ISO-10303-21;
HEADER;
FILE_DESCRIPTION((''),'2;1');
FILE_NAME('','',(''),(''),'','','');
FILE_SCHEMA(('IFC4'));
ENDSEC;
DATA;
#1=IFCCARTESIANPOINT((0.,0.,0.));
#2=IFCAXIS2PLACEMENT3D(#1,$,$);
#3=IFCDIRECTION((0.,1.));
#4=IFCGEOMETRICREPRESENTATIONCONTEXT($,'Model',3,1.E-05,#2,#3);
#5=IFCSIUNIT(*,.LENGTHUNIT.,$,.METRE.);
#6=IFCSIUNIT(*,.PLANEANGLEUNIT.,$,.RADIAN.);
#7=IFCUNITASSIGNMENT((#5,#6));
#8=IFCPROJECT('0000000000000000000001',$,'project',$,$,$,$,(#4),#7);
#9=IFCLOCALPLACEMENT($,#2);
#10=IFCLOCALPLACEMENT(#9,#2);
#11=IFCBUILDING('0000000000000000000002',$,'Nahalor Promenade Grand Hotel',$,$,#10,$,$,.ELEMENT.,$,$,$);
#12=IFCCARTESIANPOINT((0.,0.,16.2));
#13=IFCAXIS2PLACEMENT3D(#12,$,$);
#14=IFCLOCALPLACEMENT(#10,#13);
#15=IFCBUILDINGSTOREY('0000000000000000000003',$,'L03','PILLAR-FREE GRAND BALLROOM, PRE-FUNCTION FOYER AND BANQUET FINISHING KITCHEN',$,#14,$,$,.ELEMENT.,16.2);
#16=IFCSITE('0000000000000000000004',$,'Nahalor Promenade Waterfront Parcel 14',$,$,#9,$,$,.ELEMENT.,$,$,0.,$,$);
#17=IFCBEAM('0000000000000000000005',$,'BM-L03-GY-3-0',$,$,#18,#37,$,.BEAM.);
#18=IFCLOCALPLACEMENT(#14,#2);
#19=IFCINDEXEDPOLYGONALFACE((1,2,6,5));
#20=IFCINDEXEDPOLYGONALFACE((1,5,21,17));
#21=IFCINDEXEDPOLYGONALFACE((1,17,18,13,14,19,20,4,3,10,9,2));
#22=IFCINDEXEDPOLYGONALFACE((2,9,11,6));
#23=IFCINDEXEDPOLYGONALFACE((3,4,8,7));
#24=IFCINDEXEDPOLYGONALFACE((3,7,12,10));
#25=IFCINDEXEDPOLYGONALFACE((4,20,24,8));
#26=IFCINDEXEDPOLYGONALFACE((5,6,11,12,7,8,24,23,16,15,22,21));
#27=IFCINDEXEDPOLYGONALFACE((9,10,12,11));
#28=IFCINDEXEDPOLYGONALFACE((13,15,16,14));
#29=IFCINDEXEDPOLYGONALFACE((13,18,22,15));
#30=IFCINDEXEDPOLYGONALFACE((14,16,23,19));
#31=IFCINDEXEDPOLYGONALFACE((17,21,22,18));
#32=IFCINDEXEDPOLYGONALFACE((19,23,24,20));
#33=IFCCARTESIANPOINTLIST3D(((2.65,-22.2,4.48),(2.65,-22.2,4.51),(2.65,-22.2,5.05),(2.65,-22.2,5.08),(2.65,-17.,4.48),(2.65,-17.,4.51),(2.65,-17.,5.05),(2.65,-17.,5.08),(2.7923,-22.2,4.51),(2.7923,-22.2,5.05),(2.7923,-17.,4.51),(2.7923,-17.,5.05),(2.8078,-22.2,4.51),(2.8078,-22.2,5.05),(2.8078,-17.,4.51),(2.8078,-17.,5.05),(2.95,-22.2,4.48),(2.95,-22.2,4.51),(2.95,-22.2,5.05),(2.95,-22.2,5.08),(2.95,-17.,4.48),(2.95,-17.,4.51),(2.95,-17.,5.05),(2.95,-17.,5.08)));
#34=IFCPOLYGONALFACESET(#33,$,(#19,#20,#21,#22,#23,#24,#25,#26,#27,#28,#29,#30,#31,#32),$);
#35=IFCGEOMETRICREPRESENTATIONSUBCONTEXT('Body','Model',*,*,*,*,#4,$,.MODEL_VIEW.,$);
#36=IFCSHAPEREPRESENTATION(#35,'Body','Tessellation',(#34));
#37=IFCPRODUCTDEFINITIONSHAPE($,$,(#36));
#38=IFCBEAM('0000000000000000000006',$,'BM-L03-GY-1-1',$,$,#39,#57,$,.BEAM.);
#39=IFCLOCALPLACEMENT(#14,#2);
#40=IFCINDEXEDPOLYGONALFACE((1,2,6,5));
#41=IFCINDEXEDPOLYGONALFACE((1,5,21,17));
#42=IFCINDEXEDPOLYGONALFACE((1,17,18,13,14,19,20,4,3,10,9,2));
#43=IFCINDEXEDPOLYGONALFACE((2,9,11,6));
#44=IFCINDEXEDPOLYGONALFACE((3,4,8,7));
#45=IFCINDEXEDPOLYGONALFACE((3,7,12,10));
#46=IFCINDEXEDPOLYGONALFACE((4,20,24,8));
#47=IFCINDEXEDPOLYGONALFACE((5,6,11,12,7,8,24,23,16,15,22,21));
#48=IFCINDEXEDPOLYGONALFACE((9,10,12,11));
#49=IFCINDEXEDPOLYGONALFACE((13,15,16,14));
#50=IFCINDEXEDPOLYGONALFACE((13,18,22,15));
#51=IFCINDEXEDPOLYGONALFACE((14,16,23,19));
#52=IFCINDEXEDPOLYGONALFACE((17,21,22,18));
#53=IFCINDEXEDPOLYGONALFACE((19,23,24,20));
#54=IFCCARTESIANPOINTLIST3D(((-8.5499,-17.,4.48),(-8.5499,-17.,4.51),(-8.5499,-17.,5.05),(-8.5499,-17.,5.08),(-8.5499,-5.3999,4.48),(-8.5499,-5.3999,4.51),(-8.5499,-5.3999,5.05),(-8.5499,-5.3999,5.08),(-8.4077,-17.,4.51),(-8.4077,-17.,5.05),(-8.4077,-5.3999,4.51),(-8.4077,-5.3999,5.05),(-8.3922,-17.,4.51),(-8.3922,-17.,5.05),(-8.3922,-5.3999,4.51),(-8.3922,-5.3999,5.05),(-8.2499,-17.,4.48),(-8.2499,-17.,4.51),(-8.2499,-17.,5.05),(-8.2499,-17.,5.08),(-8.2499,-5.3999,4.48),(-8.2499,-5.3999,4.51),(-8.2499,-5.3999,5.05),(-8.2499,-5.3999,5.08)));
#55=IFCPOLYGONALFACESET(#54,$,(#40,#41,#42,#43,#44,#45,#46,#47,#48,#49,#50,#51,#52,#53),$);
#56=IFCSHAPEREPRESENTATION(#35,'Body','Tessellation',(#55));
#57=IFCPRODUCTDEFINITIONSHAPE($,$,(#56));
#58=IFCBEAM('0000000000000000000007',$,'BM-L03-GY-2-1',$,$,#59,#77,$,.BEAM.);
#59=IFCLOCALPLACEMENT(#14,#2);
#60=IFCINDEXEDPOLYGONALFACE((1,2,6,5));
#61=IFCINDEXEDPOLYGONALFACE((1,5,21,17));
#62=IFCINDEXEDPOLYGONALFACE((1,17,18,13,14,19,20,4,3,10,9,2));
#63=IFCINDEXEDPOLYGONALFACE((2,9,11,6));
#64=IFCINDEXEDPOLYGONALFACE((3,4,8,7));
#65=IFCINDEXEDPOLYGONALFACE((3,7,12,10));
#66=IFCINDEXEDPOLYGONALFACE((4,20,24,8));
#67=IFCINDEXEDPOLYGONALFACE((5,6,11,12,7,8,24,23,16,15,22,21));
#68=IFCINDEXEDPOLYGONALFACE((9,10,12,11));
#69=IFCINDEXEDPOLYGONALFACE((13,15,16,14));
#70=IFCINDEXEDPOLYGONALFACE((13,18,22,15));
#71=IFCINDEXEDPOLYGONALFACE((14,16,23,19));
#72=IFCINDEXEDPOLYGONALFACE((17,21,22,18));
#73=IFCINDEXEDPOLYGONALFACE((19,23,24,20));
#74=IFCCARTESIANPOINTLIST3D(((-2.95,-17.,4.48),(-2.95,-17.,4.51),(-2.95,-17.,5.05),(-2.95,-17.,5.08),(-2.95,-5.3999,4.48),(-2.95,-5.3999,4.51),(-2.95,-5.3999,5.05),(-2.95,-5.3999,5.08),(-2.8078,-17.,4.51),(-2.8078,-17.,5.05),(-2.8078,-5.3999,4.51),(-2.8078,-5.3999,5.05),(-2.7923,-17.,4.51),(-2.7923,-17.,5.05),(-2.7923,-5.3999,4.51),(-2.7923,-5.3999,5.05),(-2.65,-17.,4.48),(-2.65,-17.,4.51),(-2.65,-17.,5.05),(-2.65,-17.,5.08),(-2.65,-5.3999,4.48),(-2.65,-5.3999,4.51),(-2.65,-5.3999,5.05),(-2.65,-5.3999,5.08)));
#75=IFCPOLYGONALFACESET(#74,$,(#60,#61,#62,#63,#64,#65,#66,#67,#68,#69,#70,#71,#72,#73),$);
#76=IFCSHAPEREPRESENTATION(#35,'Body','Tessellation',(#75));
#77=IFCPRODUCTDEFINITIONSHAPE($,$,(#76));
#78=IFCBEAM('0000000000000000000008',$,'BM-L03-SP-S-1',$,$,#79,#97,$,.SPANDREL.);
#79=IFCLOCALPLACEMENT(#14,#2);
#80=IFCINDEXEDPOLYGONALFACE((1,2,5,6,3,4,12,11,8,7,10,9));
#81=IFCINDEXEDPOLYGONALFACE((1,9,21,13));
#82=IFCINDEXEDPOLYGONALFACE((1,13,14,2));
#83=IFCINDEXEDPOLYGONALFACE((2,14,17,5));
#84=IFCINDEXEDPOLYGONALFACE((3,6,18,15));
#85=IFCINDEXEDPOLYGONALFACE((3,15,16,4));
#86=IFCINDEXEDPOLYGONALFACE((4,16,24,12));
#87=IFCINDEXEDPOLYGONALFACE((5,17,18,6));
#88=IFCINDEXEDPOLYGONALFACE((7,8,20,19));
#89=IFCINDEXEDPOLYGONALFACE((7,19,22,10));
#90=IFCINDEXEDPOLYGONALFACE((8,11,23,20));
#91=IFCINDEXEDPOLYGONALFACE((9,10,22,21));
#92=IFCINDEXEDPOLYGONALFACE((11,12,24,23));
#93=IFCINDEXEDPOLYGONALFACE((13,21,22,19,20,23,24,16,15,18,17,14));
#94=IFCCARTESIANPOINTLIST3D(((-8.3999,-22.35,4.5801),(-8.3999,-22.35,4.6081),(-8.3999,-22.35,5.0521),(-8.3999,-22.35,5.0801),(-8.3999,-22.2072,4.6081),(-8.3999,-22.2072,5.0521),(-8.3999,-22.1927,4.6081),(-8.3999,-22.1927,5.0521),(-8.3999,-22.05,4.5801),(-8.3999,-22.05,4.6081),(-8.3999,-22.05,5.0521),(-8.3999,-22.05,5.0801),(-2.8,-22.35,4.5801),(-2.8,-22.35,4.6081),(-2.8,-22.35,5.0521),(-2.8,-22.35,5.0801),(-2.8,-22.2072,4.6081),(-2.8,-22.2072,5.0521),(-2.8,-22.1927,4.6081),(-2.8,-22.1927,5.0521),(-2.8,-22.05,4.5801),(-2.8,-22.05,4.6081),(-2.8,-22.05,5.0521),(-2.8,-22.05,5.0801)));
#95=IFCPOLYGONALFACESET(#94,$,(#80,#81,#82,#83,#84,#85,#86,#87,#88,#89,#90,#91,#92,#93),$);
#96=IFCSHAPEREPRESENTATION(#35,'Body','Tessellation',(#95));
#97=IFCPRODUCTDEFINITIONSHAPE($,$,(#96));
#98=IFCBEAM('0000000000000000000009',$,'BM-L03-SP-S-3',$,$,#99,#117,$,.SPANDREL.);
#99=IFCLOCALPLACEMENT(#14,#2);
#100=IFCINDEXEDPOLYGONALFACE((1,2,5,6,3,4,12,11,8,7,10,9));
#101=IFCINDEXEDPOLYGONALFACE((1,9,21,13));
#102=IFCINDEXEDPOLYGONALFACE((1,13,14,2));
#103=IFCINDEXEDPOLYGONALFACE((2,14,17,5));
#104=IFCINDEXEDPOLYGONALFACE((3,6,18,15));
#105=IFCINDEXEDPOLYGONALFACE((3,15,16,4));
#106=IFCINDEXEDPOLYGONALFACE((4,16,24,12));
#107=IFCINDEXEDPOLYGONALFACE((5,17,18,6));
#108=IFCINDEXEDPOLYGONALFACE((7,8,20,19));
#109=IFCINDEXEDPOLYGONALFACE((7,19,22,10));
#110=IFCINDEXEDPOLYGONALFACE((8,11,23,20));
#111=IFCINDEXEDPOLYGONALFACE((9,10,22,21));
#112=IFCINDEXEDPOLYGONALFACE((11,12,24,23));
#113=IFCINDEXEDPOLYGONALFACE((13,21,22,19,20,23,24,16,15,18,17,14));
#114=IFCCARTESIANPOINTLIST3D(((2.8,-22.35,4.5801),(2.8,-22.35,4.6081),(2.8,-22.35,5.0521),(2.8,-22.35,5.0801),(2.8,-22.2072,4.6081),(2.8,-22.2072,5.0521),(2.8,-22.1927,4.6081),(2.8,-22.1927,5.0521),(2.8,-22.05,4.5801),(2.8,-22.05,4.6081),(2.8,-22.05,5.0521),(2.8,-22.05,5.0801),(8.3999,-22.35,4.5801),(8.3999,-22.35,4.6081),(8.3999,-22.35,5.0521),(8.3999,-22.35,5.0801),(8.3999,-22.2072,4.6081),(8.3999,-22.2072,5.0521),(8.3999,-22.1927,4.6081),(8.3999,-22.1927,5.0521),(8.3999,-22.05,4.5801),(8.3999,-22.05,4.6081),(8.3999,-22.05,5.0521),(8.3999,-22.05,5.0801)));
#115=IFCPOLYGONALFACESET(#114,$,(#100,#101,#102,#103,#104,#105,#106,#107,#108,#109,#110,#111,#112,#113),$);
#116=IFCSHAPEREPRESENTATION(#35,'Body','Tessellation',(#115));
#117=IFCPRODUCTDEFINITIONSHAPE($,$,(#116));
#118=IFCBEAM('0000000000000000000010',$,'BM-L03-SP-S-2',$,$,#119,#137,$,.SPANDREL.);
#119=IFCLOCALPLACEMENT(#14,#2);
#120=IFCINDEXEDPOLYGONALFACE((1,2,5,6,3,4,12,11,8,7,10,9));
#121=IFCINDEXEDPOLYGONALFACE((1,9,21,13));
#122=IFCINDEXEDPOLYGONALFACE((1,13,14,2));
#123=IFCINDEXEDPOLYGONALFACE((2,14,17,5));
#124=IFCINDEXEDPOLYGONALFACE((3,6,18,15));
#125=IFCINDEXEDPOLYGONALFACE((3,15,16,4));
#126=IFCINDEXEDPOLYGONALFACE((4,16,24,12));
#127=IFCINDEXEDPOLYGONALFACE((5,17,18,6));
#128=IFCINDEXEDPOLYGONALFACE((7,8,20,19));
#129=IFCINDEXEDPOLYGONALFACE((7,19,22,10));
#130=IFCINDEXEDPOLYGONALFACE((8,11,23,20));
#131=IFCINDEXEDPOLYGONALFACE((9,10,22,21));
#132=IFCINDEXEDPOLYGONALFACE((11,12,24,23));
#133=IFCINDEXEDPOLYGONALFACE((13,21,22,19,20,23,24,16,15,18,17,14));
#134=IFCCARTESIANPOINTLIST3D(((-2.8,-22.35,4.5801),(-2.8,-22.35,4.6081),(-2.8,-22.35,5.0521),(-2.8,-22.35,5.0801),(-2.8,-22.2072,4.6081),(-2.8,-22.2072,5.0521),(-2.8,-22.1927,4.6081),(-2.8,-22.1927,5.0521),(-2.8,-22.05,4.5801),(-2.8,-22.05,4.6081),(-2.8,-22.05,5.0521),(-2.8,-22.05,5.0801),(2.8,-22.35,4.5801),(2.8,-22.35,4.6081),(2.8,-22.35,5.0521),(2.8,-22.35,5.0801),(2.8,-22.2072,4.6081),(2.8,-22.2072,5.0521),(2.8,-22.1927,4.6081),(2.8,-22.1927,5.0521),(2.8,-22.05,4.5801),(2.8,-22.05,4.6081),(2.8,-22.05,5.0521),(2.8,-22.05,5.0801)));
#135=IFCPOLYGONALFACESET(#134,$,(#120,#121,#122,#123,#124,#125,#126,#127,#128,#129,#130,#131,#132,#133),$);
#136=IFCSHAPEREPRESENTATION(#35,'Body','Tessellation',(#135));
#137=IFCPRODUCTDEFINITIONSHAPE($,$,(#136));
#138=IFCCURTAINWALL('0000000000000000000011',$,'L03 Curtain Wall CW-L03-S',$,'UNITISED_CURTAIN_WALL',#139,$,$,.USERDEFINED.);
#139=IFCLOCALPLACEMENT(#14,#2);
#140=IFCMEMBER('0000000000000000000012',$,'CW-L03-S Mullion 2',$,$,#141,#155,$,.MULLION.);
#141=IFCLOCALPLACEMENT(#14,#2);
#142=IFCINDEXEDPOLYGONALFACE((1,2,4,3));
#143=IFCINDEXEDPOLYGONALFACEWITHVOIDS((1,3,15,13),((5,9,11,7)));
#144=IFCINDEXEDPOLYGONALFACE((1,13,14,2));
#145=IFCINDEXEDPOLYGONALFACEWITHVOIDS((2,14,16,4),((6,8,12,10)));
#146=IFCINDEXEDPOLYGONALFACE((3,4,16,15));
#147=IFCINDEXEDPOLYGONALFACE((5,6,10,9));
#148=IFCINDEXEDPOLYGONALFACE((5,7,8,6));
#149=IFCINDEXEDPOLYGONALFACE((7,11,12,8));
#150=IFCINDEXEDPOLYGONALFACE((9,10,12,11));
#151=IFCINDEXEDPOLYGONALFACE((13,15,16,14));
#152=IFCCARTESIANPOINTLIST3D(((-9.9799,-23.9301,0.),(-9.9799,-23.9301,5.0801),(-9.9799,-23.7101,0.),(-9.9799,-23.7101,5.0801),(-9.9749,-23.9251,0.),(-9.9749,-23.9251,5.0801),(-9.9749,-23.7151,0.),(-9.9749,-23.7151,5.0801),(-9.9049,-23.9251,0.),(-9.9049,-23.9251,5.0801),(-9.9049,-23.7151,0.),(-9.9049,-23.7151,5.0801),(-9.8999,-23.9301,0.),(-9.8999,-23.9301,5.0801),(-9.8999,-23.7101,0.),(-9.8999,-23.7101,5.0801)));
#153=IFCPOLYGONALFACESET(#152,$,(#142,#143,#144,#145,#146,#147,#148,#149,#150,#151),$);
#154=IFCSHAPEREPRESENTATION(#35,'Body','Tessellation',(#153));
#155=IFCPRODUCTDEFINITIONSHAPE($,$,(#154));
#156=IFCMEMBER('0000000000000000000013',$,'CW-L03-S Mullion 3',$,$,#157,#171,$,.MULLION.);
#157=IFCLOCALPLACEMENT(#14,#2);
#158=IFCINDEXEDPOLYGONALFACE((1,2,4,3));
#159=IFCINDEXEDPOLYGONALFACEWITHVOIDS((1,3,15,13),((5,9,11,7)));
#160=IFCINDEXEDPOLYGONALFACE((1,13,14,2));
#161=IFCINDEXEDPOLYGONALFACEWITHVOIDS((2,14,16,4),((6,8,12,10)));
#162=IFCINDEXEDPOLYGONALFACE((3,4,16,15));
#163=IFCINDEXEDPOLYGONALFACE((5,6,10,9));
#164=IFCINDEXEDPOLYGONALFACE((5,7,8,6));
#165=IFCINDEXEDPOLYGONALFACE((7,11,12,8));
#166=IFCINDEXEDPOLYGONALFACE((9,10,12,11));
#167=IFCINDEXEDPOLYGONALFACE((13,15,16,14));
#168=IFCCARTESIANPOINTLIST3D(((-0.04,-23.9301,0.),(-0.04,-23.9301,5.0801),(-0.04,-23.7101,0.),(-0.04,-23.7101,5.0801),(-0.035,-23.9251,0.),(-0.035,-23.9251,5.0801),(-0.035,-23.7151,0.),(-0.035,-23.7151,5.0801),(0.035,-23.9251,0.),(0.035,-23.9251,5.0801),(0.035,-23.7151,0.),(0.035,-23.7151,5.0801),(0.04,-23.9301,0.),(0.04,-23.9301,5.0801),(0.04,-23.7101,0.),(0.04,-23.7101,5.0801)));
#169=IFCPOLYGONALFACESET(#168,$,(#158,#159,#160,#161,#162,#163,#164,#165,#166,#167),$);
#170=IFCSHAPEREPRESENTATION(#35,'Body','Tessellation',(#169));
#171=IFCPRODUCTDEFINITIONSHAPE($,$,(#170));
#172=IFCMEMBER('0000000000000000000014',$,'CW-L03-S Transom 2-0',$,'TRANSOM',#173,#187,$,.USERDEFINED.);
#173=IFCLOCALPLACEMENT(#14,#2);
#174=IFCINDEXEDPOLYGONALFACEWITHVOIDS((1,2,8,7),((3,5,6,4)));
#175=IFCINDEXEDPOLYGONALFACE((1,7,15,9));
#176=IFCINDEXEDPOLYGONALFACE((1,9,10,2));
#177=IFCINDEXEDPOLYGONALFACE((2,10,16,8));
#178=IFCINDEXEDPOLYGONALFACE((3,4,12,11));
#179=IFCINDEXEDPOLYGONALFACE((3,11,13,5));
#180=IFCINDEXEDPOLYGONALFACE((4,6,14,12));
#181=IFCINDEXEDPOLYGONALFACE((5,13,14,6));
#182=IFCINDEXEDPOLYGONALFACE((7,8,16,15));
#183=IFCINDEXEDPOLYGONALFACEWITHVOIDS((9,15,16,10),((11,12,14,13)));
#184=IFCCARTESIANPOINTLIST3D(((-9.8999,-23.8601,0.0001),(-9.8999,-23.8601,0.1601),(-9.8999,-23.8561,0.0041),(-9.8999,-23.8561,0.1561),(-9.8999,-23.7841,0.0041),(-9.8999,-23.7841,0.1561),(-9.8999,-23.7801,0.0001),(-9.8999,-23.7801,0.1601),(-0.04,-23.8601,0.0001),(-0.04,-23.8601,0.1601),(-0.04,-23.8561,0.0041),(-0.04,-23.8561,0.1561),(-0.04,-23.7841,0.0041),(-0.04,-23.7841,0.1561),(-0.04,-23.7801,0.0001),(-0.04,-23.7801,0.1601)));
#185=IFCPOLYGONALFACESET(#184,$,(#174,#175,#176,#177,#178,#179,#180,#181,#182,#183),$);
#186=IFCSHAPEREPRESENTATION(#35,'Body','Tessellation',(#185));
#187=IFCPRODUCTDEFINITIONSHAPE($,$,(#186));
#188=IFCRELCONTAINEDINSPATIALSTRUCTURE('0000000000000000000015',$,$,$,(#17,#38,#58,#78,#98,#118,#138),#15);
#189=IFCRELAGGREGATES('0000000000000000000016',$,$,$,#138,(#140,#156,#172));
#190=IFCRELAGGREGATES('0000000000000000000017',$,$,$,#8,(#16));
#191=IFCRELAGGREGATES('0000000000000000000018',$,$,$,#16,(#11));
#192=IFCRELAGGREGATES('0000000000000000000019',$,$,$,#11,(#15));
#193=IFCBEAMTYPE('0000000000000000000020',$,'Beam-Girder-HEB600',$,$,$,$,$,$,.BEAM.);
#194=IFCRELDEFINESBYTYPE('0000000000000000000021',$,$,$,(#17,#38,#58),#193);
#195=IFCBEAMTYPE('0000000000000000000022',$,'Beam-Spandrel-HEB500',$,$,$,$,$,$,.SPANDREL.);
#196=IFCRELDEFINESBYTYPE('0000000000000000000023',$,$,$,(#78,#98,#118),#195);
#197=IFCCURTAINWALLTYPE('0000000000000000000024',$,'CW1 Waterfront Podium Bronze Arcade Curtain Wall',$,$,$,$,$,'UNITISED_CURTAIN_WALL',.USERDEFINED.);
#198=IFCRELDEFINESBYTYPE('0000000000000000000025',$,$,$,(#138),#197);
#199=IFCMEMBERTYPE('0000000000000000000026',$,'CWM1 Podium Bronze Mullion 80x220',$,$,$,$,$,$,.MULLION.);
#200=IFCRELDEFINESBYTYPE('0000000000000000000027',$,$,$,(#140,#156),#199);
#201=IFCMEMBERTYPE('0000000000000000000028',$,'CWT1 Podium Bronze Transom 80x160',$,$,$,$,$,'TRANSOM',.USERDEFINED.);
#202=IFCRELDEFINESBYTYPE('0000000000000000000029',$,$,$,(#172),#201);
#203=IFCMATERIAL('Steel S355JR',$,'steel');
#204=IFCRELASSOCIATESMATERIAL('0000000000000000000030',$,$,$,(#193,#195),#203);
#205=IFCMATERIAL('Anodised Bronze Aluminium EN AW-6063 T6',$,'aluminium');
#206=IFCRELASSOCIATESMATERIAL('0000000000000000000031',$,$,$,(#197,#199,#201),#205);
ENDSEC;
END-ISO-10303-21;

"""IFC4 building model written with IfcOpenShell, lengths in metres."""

from ifc_helpers import new_model, si_unit, direction, frame, origin, origin_2d, place, context, subcontext, project, spatial, hollow_rectangle, i_section, extrude, source, transform, mapped, material, material_profile, profile_set, type_object, element, aggregate, save


model = new_model("IFC4")

# Units and contexts
model_context = context("Model", 3, precision=1e-05, world=origin(), true_north=direction((0.0, 1.0)))
body_context = subcontext(model_context, "Body", "Model", "MODEL_VIEW")
ifc_project = project(units=[si_unit("LENGTHUNIT", "METRE"), si_unit("PLANEANGLEUNIT", "RADIAN")], contexts=[model_context])

# Site, building, storey
site_placement = place(None, origin())
site = spatial("IfcSite", under=ifc_project, at=site_placement, Name="Nahalor Promenade Waterfront Parcel 14", CompositionType="ELEMENT", RefElevation=0.0)
building_placement = place(site_placement, origin())
building = spatial("IfcBuilding", under=site, at=building_placement, Name="Nahalor Promenade Grand Hotel", CompositionType="ELEMENT")
storey_placement = place(building_placement, frame((0.0, 0.0, 16.2)))
storey = spatial("IfcBuildingStorey", under=building, at=storey_placement, Name="L03", Description="PILLAR-FREE GRAND BALLROOM, PRE-FUNCTION FOYER AND BANQUET FINISHING KITCHEN", CompositionType="ELEMENT", Elevation=16.2)

# Beams
ifc_material_1 = material(Name="Steel S355JR", Category="steel")
ifc_material_profile_1 = material_profile(ifc_material_1, i_section(OverallWidth=0.3, OverallDepth=0.6, WebThickness=0.0155, FlangeThickness=0.03, at=origin_2d()), Name="HEB 600")
ifc_profile_set_1 = profile_set([ifc_material_profile_1], Name="Steel S355JR")
beam_type_1 = type_object("IfcBeamType", Name="Beam-Girder-HEB600", PredefinedType="BEAM", material=ifc_profile_set_1)
shared_shape_1 = source(origin(), body_context, "Body", "SweptSolid", [
    extrude(i_section(OverallWidth=0.3, OverallDepth=0.6, WebThickness=0.0155, FlangeThickness=0.03, at=origin_2d()), origin(), (0.0, 0.0, 1.0), 5.2),
])
for number, where, z_axis, x_axis, name in (
    (1, (2.8, -22.2, 4.78), (0.0, 1.0, 0.0), (-1.0, 0.0, 0.0), "BM-L03-GY-3-0"),
):
    element("IfcBeam", number, at=place(storey_placement, frame(where, z_axis=z_axis, x_axis=x_axis)), inside=storey, type_object=beam_type_1, Name=name, PredefinedType="BEAM", context=body_context, shape_type="MappedRepresentation", body=[
        mapped(shared_shape_1, transform((0.0, 0.0, 0.0), scale=1.0)),
    ])
shared_shape_2 = source(origin(), body_context, "Body", "SweptSolid", [
    extrude(i_section(OverallWidth=0.3, OverallDepth=0.6, WebThickness=0.0155, FlangeThickness=0.03, at=origin_2d()), origin(), (0.0, 0.0, 1.0), 11.6001),
])
for number, where, z_axis, x_axis, name in (
    (2, (-8.3999, -17.0, 4.78), (0.0, 1.0, 0.0), (-1.0, 0.0, 0.0), "BM-L03-GY-1-1"),
    (3, (-2.8, -17.0, 4.78), (0.0, 1.0, 0.0), (-1.0, 0.0, 0.0), "BM-L03-GY-2-1"),
):
    element("IfcBeam", number, at=place(storey_placement, frame(where, z_axis=z_axis, x_axis=x_axis)), inside=storey, type_object=beam_type_1, Name=name, PredefinedType="BEAM", context=body_context, shape_type="MappedRepresentation", body=[
        mapped(shared_shape_2, transform((0.0, 0.0, 0.0), scale=1.0)),
    ])
ifc_material_profile_2 = material_profile(ifc_material_1, i_section(OverallWidth=0.3, OverallDepth=0.5, WebThickness=0.0145, FlangeThickness=0.028, at=origin_2d()), Name="HEB 500")
ifc_profile_set_2 = profile_set([ifc_material_profile_2], Name="Steel S355JR")
beam_type_2 = type_object("IfcBeamType", Name="Beam-Spandrel-HEB500", PredefinedType="SPANDREL", material=ifc_profile_set_2)
shared_shape_3 = source(origin(), body_context, "Body", "SweptSolid", [
    extrude(i_section(OverallWidth=0.3, OverallDepth=0.5, WebThickness=0.0145, FlangeThickness=0.028, at=origin_2d()), origin(), (0.0, 0.0, 1.0), 5.5999),
])
for number, where, z_axis, x_axis, name in (
    (4, (-8.3999, -22.2, 4.8301), (1.0, 0.0, 0.0), (0.0, 1.0, 0.0), "BM-L03-SP-S-1"),
    (5, (2.8, -22.2, 4.8301), (1.0, 0.0, 0.0), (0.0, 1.0, 0.0), "BM-L03-SP-S-3"),
):
    element("IfcBeam", number, at=place(storey_placement, frame(where, z_axis=z_axis, x_axis=x_axis)), inside=storey, type_object=beam_type_2, Name=name, PredefinedType="SPANDREL", context=body_context, shape_type="MappedRepresentation", body=[
        mapped(shared_shape_3, transform((0.0, 0.0, 0.0), scale=1.0)),
    ])
shared_shape_4 = source(origin(), body_context, "Body", "SweptSolid", [
    extrude(i_section(OverallWidth=0.3, OverallDepth=0.5, WebThickness=0.0145, FlangeThickness=0.028, at=origin_2d()), origin(), (0.0, 0.0, 1.0), 5.6001),
])
beam_1_placement = place(storey_placement, frame((-2.8, -22.2, 4.8301), z_axis=(1.0, 0.0, 0.0), x_axis=(0.0, 1.0, 0.0)))
element("IfcBeam", 6, at=beam_1_placement, inside=storey, type_object=beam_type_2, Name="BM-L03-SP-S-2", PredefinedType="SPANDREL", context=body_context, shape_type="MappedRepresentation", body=[
    mapped(shared_shape_4, transform((0.0, 0.0, 0.0), scale=1.0)),
])

# Curtain wall, members
ifc_material_2 = material(Name="Anodised Bronze Aluminium EN AW-6063 T6", Category="aluminium")
curtain_wall_type = type_object("IfcCurtainWallType", Name="CW1 Waterfront Podium Bronze Arcade Curtain Wall", ElementType="UNITISED_CURTAIN_WALL", PredefinedType="USERDEFINED", material=ifc_material_2)
curtain_wall_placement = place(storey_placement, origin())
curtain_wall = element("IfcCurtainWall", 7, at=curtain_wall_placement, inside=storey, type_object=curtain_wall_type, Name="L03 Curtain Wall CW-L03-S", ObjectType="UNITISED_CURTAIN_WALL", PredefinedType="USERDEFINED")
ifc_material_profile_3 = material_profile(ifc_material_2, hollow_rectangle(XDim=0.08, YDim=0.22, WallThickness=0.005, at=origin_2d()), Name="CWM 80x220x5")
ifc_profile_set_3 = profile_set([ifc_material_profile_3], Name="Anodised Bronze Aluminium EN AW-6063 T6")
member_type_1 = type_object("IfcMemberType", Name="CWM1 Podium Bronze Mullion 80x220", PredefinedType="MULLION", material=ifc_profile_set_3)
shared_shape_5 = source(origin(), body_context, "Body", "SweptSolid", [
    extrude(hollow_rectangle(XDim=0.08, YDim=0.22, WallThickness=0.005, at=origin_2d()), origin(), (0.0, 0.0, 1.0), 5.0801),
])
member_1_placement = place(storey_placement, frame((-9.9399, -23.8201, 0.0), z_axis=(0.0, 0.0, 1.0), x_axis=(1.0, 0.0, 0.0)))
member_1 = element("IfcMember", 8, at=member_1_placement, type_object=member_type_1, Name="CW-L03-S Mullion 2", PredefinedType="MULLION", context=body_context, shape_type="MappedRepresentation", body=[
    mapped(shared_shape_5, transform((0.0, 0.0, 0.0), scale=1.0)),
])
member_2_placement = place(storey_placement, frame((0.0, -23.8201, 0.0), z_axis=(0.0, 0.0, 1.0), x_axis=(1.0, 0.0, 0.0)))
member_2 = element("IfcMember", 9, at=member_2_placement, type_object=member_type_1, Name="CW-L03-S Mullion 3", PredefinedType="MULLION", context=body_context, shape_type="MappedRepresentation", body=[
    mapped(shared_shape_5, transform((0.0, 0.0, 0.0), scale=1.0)),
])
ifc_material_profile_4 = material_profile(ifc_material_2, hollow_rectangle(XDim=0.08, YDim=0.16, WallThickness=0.004, at=origin_2d()), Name="CWT 80x160x4")
ifc_profile_set_4 = profile_set([ifc_material_profile_4], Name="Anodised Bronze Aluminium EN AW-6063 T6")
member_type_2 = type_object("IfcMemberType", Name="CWT1 Podium Bronze Transom 80x160", ElementType="TRANSOM", PredefinedType="USERDEFINED", material=ifc_profile_set_4)
shared_shape_6 = source(origin(), body_context, "Body", "SweptSolid", [
    extrude(hollow_rectangle(XDim=0.08, YDim=0.16, WallThickness=0.004, at=origin_2d()), origin(), (0.0, 0.0, 1.0), 9.8599),
])
member_3_placement = place(storey_placement, frame((-9.8999, -23.8201, 0.0801), z_axis=(1.0, 0.0, 0.0), x_axis=(0.0, 1.0, 0.0)))
member_3 = element("IfcMember", 10, at=member_3_placement, type_object=member_type_2, Name="CW-L03-S Transom 2-0", ObjectType="TRANSOM", PredefinedType="USERDEFINED", context=body_context, shape_type="MappedRepresentation", body=[
    mapped(shared_shape_6, transform((0.0, 0.0, 0.0), scale=1.0)),
])
aggregate(curtain_wall, [member_1, member_2, member_3])

save(model, "model.ifc")
